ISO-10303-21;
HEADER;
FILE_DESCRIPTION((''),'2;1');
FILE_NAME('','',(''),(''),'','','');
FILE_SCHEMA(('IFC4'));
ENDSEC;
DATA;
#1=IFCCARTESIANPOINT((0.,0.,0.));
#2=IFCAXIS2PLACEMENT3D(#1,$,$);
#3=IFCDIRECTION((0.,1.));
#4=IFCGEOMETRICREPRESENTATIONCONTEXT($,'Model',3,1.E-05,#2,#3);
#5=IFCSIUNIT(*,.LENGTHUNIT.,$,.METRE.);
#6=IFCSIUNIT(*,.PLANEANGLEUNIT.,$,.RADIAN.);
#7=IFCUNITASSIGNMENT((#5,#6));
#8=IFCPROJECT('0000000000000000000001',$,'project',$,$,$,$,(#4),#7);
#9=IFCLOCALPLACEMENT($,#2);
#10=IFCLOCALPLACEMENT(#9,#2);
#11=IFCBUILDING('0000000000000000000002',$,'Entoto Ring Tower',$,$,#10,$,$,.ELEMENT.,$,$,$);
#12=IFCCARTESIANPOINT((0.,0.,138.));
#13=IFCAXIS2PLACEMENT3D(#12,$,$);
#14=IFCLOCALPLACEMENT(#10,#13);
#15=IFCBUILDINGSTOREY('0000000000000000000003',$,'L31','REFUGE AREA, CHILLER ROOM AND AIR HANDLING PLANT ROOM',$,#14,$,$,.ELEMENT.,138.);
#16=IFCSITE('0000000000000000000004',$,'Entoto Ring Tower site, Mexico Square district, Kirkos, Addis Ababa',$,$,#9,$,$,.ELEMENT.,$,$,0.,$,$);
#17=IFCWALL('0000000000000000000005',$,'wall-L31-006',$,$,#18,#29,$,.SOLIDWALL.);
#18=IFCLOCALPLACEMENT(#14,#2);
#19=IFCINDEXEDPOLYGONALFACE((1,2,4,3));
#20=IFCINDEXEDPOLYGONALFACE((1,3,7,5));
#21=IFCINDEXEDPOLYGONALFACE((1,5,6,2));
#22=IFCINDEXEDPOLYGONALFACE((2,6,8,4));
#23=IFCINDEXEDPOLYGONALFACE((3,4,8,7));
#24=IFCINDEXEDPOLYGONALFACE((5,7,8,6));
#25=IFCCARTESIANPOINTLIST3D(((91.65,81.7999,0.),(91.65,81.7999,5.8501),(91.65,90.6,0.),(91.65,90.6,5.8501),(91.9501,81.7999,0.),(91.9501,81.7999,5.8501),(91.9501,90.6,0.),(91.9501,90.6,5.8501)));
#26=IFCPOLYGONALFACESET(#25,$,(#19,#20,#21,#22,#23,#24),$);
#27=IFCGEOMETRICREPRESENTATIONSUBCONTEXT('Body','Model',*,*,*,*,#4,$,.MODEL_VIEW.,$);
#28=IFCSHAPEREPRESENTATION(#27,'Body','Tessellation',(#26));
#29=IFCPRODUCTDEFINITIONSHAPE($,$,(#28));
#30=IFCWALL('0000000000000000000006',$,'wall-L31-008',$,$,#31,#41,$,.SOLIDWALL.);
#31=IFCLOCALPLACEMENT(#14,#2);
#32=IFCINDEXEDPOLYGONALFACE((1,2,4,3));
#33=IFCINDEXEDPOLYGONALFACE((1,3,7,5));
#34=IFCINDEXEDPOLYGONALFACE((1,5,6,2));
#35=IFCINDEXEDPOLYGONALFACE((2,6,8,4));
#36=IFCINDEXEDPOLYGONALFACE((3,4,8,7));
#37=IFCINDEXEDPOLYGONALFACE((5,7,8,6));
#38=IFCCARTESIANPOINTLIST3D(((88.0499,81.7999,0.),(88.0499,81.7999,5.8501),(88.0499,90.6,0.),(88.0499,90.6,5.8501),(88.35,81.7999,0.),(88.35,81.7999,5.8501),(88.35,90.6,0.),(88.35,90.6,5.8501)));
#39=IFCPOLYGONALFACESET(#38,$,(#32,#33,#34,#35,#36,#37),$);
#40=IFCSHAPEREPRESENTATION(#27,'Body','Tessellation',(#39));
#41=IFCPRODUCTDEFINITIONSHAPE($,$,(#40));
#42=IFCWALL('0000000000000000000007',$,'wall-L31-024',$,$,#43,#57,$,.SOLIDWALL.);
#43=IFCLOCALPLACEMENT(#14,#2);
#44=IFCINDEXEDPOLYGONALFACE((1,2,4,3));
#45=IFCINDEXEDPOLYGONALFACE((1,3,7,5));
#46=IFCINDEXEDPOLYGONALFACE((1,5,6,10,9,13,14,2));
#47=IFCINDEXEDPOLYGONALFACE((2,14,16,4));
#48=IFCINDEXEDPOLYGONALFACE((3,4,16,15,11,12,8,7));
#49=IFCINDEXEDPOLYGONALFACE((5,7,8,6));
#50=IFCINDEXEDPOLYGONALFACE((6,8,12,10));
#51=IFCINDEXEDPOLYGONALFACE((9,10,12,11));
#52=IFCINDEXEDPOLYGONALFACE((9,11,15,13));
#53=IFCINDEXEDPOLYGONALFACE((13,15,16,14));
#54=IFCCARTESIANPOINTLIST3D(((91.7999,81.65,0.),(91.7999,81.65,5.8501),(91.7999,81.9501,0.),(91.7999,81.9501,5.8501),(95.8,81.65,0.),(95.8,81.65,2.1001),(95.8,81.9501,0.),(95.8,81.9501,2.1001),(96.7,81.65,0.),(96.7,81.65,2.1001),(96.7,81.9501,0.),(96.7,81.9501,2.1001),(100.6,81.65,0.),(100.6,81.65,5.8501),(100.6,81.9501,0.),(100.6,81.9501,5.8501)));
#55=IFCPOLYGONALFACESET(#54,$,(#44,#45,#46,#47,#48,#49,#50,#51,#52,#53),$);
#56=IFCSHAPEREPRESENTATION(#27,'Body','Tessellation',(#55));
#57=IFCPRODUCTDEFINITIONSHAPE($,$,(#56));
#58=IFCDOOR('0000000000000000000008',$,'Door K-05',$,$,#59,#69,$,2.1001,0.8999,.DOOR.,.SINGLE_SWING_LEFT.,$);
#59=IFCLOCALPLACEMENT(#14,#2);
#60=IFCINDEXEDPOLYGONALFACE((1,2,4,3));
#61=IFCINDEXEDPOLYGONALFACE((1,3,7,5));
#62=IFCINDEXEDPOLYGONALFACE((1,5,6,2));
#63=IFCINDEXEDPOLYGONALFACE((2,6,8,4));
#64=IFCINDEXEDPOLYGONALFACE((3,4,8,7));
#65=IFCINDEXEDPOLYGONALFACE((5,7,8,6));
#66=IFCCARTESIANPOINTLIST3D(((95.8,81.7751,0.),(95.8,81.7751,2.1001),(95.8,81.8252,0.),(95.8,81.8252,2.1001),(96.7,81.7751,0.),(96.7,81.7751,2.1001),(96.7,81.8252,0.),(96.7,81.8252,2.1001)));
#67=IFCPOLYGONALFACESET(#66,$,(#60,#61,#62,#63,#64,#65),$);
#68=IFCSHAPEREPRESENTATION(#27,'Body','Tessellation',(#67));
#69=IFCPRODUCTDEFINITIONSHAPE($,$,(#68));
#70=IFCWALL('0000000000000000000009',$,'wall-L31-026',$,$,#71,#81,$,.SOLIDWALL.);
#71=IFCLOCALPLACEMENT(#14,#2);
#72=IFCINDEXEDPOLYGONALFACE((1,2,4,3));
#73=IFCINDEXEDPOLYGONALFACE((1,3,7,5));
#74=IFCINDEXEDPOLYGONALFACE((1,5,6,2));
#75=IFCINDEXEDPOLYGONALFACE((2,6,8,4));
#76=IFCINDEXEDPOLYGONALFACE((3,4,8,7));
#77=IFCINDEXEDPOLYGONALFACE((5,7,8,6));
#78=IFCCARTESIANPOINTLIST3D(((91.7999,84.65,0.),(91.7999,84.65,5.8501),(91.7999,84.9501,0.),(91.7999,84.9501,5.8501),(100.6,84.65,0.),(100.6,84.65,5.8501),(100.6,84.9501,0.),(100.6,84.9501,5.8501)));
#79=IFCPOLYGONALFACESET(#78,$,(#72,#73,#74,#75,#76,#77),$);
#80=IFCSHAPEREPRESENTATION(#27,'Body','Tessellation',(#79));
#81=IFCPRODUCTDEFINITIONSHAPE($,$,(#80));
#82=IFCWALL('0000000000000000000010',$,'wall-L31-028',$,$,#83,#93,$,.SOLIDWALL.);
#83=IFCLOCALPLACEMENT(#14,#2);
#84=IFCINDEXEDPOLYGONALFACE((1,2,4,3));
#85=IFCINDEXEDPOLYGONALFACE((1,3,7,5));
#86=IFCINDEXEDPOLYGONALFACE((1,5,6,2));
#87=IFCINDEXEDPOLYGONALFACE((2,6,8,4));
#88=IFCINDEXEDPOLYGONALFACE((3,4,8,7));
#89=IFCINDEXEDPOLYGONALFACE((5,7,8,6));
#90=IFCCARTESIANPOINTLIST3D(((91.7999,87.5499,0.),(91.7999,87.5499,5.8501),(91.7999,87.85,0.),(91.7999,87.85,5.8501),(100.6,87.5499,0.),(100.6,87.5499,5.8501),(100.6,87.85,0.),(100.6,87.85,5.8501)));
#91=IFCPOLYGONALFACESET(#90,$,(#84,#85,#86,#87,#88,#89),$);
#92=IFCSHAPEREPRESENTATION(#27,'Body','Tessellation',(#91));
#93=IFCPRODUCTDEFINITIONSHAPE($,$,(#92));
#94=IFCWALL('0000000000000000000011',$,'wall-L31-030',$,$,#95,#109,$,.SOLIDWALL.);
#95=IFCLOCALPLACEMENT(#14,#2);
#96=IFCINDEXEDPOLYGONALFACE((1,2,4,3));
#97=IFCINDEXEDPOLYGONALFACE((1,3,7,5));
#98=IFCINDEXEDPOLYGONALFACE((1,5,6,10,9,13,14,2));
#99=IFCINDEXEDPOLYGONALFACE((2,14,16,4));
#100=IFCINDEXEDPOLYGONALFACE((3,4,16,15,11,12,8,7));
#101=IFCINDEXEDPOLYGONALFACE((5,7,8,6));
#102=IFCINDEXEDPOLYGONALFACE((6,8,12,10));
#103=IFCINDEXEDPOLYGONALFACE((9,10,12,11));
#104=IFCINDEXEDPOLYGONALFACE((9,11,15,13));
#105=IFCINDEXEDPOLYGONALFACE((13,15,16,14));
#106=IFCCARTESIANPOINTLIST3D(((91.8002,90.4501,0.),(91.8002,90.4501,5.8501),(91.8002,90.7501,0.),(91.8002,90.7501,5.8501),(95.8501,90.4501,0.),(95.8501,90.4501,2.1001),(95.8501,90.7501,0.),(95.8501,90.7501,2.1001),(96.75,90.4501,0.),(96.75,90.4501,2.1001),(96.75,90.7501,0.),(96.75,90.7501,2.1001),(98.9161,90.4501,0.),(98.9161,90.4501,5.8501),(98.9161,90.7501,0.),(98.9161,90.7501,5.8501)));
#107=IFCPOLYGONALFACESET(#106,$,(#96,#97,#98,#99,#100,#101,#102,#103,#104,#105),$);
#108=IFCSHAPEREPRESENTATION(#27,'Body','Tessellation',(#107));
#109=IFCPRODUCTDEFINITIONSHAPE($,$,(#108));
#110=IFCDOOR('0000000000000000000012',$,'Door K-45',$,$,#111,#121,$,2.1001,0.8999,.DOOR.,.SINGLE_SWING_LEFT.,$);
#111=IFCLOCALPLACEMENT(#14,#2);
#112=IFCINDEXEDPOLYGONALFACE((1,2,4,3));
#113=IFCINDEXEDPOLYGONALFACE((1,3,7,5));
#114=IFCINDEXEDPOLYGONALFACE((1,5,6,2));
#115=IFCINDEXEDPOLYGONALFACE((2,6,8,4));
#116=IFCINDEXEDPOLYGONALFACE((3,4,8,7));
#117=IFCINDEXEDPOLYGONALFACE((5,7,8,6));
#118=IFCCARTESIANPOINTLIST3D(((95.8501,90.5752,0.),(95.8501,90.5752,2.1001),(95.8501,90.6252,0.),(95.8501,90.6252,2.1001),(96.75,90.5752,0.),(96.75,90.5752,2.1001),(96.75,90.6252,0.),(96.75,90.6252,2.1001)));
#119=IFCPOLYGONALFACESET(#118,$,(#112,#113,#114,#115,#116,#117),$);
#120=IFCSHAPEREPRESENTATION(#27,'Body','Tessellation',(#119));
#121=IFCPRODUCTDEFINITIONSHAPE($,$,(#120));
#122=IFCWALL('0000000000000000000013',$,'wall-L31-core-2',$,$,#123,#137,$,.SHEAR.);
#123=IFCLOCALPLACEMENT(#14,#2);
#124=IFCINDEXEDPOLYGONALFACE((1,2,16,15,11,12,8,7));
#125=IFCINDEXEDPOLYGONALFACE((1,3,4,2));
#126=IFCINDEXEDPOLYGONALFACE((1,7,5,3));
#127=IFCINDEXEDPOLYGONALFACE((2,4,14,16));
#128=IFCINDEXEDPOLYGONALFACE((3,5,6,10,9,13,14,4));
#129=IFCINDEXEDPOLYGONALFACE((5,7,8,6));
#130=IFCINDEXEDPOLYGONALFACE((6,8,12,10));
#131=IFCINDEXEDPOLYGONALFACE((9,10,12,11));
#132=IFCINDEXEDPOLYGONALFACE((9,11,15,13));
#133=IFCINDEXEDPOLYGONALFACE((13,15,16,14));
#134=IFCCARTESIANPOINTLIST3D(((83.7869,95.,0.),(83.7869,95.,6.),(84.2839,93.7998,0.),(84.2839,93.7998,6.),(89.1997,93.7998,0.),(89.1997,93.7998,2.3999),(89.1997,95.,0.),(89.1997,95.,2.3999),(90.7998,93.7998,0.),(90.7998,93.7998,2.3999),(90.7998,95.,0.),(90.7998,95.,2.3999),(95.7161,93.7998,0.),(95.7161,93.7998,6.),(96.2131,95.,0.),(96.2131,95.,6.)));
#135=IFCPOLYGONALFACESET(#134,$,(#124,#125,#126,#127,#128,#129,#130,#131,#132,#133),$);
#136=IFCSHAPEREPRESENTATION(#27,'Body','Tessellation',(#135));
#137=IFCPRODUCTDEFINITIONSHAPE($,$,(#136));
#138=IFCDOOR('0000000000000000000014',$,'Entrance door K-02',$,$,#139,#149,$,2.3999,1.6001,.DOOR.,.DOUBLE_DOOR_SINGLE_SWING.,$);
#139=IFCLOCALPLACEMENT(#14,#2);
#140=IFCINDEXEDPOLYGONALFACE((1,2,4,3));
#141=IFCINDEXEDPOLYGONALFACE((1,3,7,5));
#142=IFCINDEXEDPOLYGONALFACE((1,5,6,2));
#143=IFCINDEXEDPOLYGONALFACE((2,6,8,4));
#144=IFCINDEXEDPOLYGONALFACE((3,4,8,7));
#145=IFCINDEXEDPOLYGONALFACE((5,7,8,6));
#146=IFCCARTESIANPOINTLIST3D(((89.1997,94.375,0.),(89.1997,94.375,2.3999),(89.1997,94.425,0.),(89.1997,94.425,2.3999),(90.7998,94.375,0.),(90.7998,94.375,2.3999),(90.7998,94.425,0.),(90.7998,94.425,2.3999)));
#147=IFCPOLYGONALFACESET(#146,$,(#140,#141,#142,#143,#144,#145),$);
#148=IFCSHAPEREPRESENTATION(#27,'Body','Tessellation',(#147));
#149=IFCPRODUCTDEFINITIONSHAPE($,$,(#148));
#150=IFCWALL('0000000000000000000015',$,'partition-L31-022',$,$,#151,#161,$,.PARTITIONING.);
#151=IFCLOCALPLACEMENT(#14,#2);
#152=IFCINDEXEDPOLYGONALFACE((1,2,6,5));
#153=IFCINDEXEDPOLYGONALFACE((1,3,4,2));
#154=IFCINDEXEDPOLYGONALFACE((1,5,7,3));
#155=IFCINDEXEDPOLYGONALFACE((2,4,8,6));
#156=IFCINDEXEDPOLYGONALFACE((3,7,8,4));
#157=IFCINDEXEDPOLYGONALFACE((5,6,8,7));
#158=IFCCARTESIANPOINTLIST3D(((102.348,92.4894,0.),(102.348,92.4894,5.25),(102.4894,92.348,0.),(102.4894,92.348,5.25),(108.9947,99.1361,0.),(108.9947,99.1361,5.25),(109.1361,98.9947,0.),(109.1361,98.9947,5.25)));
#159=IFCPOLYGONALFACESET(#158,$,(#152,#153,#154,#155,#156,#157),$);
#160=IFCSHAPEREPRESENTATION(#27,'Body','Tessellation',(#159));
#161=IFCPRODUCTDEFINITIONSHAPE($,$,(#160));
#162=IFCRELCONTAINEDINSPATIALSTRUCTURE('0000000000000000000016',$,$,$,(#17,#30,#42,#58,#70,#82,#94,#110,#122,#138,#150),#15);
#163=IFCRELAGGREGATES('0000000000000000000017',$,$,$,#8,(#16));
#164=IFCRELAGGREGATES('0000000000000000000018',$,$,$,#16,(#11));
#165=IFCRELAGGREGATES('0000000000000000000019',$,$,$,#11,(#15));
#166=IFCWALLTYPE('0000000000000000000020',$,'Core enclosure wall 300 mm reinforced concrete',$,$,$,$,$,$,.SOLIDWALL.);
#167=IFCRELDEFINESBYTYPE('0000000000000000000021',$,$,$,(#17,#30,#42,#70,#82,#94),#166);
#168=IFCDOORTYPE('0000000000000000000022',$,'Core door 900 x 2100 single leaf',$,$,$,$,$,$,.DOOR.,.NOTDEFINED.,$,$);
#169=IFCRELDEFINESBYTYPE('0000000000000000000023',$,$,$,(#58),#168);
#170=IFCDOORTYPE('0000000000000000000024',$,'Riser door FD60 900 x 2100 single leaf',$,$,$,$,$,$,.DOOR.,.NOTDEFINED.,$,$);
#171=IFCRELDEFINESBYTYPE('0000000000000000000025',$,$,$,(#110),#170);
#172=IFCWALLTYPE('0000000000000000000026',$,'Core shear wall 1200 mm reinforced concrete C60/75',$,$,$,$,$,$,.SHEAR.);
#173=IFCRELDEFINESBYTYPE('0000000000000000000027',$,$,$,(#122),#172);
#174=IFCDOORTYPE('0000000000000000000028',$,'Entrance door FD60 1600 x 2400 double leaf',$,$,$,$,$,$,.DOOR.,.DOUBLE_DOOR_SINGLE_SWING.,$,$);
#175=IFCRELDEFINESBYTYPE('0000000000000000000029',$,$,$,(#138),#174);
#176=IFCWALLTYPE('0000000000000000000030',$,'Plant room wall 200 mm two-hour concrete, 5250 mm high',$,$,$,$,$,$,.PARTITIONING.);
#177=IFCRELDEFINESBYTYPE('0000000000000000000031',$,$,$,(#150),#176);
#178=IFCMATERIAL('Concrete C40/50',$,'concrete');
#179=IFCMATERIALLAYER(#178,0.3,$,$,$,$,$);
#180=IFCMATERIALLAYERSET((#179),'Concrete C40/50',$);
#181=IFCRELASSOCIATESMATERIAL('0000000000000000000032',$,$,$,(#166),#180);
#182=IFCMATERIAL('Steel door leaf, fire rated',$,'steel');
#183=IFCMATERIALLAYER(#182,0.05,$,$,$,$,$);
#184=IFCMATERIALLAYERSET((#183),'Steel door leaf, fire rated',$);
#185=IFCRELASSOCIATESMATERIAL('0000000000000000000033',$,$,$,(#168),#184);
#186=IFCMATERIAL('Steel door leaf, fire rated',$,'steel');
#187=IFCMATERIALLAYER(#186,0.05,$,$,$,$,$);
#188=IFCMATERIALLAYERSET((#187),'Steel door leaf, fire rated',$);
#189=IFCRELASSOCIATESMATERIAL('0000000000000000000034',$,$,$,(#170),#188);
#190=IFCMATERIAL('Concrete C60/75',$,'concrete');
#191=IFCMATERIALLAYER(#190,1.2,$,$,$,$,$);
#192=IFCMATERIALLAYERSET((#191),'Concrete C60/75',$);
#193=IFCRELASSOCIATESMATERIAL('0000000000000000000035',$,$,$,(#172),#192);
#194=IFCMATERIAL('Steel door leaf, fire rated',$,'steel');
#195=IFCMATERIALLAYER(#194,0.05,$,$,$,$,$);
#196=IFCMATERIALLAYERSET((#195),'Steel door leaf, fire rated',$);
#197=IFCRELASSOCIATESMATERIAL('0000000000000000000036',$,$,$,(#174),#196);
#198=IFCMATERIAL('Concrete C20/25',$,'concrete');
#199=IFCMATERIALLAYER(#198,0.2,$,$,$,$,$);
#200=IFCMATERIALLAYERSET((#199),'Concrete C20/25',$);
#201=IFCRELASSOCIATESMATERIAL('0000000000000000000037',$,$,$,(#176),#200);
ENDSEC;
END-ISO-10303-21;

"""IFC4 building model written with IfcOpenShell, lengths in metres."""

from ifc_helpers import new_model, si_unit, direction, frame, frame_2d, origin, place, context, subcontext, project, spatial, polyline, rectangle, outline, extrude, material, layer, layer_set, type_object, element, fill, save


model = new_model("IFC4")

# Units and contexts
model_context = context("Model", 3, precision=1e-05, world=origin(), true_north=direction((0.0, 1.0)))
body_context = subcontext(model_context, "Body", "Model", "MODEL_VIEW")
ifc_project = project(units=[si_unit("LENGTHUNIT", "METRE"), si_unit("PLANEANGLEUNIT", "RADIAN")], contexts=[model_context])

# Site, building, storey
site_placement = place(None, origin())
site = spatial("IfcSite", under=ifc_project, at=site_placement, Name="Entoto Ring Tower site, Mexico Square district, Kirkos, Addis Ababa", CompositionType="ELEMENT", RefElevation=0.0)
building_placement = place(site_placement, origin())
building = spatial("IfcBuilding", under=site, at=building_placement, Name="Entoto Ring Tower", CompositionType="ELEMENT")
storey_placement = place(building_placement, frame((0.0, 0.0, 138.0)))
storey = spatial("IfcBuildingStorey", under=building, at=storey_placement, Name="L31", Description="REFUGE AREA, CHILLER ROOM AND AIR HANDLING PLANT ROOM", CompositionType="ELEMENT", Elevation=138.0)

# Shared definitions
ifc_material_1 = material(Name="Concrete C40/50", Category="concrete")
ifc_layer_1 = layer(ifc_material_1, 0.3)
ifc_layer_set_1 = layer_set([ifc_layer_1], Name="Concrete C40/50")
wall_type_1 = type_object("IfcWallType", Name="Core enclosure wall 300 mm reinforced concrete", PredefinedType="SOLIDWALL", material=ifc_layer_set_1)

# Walls
for number, where, z_axis, x_axis, name in (
    (1, (91.8, 81.8, 0.0), (0.0, 0.0, 1.0), (0.0, 1.0, 0.0), "wall-L31-006"),
    (2, (88.2, 81.8, 0.0), (0.0, 0.0, 1.0), (0.0, 1.0, 0.0), "wall-L31-008"),
):
    element("IfcWall", number, at=place(storey_placement, frame(where, z_axis=z_axis, x_axis=x_axis)), inside=storey, type_object=wall_type_1, Name=name, PredefinedType="SOLIDWALL", context=body_context, shape_type="SweptSolid", body=[
        extrude(rectangle(XDim=8.8, YDim=0.3, at=frame_2d((4.3999, 0.0))), origin(), (0.0, 0.0, 1.0), 5.8501),
    ])

# Wall, opening, door
wall_1_placement = place(storey_placement, frame((91.8, 81.8, 0.0), z_axis=(0.0, 0.0, 1.0), x_axis=(1.0, 0.0, 0.0)))
wall_1 = element("IfcWall", 3, at=wall_1_placement, inside=storey, type_object=wall_type_1, Name="wall-L31-024", PredefinedType="SOLIDWALL", context=body_context, shape_type="SweptSolid", body=[
    extrude(rectangle(XDim=8.8, YDim=0.3, at=frame_2d((4.3999, 0.0))), origin(), (0.0, 0.0, 1.0), 5.8501),
])
opening_1_placement = place(wall_1_placement, frame((4.0, 0.0, 0.0)))
opening_1 = element("IfcOpeningElement", 4, at=opening_1_placement, cuts=wall_1, PredefinedType="OPENING", context=body_context, shape_type="SweptSolid", body=[
    extrude(rectangle(XDim=0.8999, YDim=2.1001, at=frame_2d((0.45, 1.05))), frame((0.0, 0.1602, 0.0), z_axis=(0.0, -1.0, 0.0), x_axis=(1.0, 0.0, 0.0)), (0.0, 0.0, 1.0), 0.3201),
])
ifc_material_2 = material(Name="Steel door leaf, fire rated", Category="steel")
ifc_layer_2 = layer(ifc_material_2, 0.05)
ifc_layer_set_2 = layer_set([ifc_layer_2], Name="Steel door leaf, fire rated")
door_type_1 = type_object("IfcDoorType", Name="Core door 900 x 2100 single leaf", OperationType="NOTDEFINED", PredefinedType="DOOR", material=ifc_layer_set_2)
door_1_placement = place(opening_1_placement, frame((0.8999, 0.0, 0.0), z_axis=(0.0, 0.0, 1.0), x_axis=(-1.0, 0.0, 0.0)))
door_1 = element("IfcDoor", 5, at=door_1_placement, inside=storey, type_object=door_type_1, Name="Door K-05", OperationType="SINGLE_SWING_LEFT", OverallHeight=2.1001, OverallWidth=0.8999, PredefinedType="DOOR", context=body_context, shape_type="SweptSolid", body=[
    extrude(rectangle(XDim=0.8999, YDim=2.1001, at=frame_2d((0.45, 1.05))), frame((0.0, 0.0249, 0.0), z_axis=(0.0, -1.0, 0.0), x_axis=(1.0, 0.0, 0.0)), (0.0, 0.0, 1.0), 0.05),
])
fill(opening_1, door_1)

# Walls
for number, where, z_axis, x_axis, name in (
    (6, (91.8, 84.8, 0.0), (0.0, 0.0, 1.0), (1.0, 0.0, 0.0), "wall-L31-026"),
    (7, (91.8, 87.7, 0.0), (0.0, 0.0, 1.0), (1.0, 0.0, 0.0), "wall-L31-028"),
):
    element("IfcWall", number, at=place(storey_placement, frame(where, z_axis=z_axis, x_axis=x_axis)), inside=storey, type_object=wall_type_1, Name=name, PredefinedType="SOLIDWALL", context=body_context, shape_type="SweptSolid", body=[
        extrude(rectangle(XDim=8.8, YDim=0.3, at=frame_2d((4.3999, 0.0))), origin(), (0.0, 0.0, 1.0), 5.8501),
    ])

# Walls, openings, doors
wall_2_placement = place(storey_placement, frame((91.8, 90.6001, 0.0), z_axis=(0.0, 0.0, 1.0), x_axis=(1.0, 0.0, 0.0)))
wall_2 = element("IfcWall", 8, at=wall_2_placement, inside=storey, type_object=wall_type_1, Name="wall-L31-030", PredefinedType="SOLIDWALL", context=body_context, shape_type="SweptSolid", body=[
    extrude(rectangle(XDim=7.116, YDim=0.3, at=frame_2d((3.5581, 0.0))), origin(), (0.0, 0.0, 1.0), 5.8501),
])
opening_2_placement = place(wall_2_placement, frame((4.05, 0.0, 0.0)))
opening_2 = element("IfcOpeningElement", 9, at=opening_2_placement, cuts=wall_2, PredefinedType="OPENING", context=body_context, shape_type="SweptSolid", body=[
    extrude(rectangle(XDim=0.8999, YDim=2.1001, at=frame_2d((0.45, 1.05))), frame((0.0, 0.1602, 0.0), z_axis=(0.0, -1.0, 0.0), x_axis=(1.0, 0.0, 0.0)), (0.0, 0.0, 1.0), 0.3201),
])
ifc_material_3 = material(Name="Steel door leaf, fire rated", Category="steel")
ifc_layer_3 = layer(ifc_material_3, 0.05)
ifc_layer_set_3 = layer_set([ifc_layer_3], Name="Steel door leaf, fire rated")
door_type_2 = type_object("IfcDoorType", Name="Riser door FD60 900 x 2100 single leaf", OperationType="NOTDEFINED", PredefinedType="DOOR", material=ifc_layer_set_3)
door_2_placement = place(opening_2_placement, frame((0.8999, 0.0, 0.0), z_axis=(0.0, 0.0, 1.0), x_axis=(-1.0, 0.0, 0.0)))
door_2 = element("IfcDoor", 10, at=door_2_placement, inside=storey, type_object=door_type_2, Name="Door K-45", OperationType="SINGLE_SWING_LEFT", OverallHeight=2.1001, OverallWidth=0.8999, PredefinedType="DOOR", context=body_context, shape_type="SweptSolid", body=[
    extrude(rectangle(XDim=0.8999, YDim=2.1001, at=frame_2d((0.45, 1.05))), frame((0.0, 0.0249, 0.0), z_axis=(0.0, -1.0, 0.0), x_axis=(1.0, 0.0, 0.0)), (0.0, 0.0, 1.0), 0.05),
])
fill(opening_2, door_2)
ifc_material_4 = material(Name="Concrete C60/75", Category="concrete")
ifc_layer_4 = layer(ifc_material_4, 1.2)
ifc_layer_set_4 = layer_set([ifc_layer_4], Name="Concrete C60/75")
wall_type_2 = type_object("IfcWallType", Name="Core shear wall 1200 mm reinforced concrete C60/75", PredefinedType="SHEAR", material=ifc_layer_set_4)
wall_3_placement = place(storey_placement, frame((95.9646, 94.3999, 0.0), z_axis=(0.0, 0.0, 1.0), x_axis=(-1.0, 0.0, 0.0)))
wall_3 = element("IfcWall", 11, at=wall_3_placement, inside=storey, type_object=wall_type_2, Name="wall-L31-core-2", PredefinedType="SHEAR", context=body_context, shape_type="SweptSolid", body=[
    extrude(outline(polyline([(-0.2485, -0.6001), (12.1777, -0.6001), (11.6807, 0.6001), (0.2485, 0.6001), (-0.2485, -0.6001)])), origin(), (0.0, 0.0, 1.0), 6.0),
])
opening_3_placement = place(wall_3_placement, frame((5.1648, 0.0, 0.0)))
opening_3 = element("IfcOpeningElement", 12, at=opening_3_placement, cuts=wall_3, PredefinedType="OPENING", context=body_context, shape_type="SweptSolid", body=[
    extrude(rectangle(XDim=1.6001, YDim=2.3999, at=frame_2d((0.8, 1.2))), frame((0.0, 0.6099, 0.0), z_axis=(0.0, -1.0, 0.0), x_axis=(1.0, 0.0, 0.0)), (0.0, 0.0, 1.0), 1.22),
])
ifc_material_5 = material(Name="Steel door leaf, fire rated", Category="steel")
ifc_layer_5 = layer(ifc_material_5, 0.05)
ifc_layer_set_5 = layer_set([ifc_layer_5], Name="Steel door leaf, fire rated")
door_type_3 = type_object("IfcDoorType", Name="Entrance door FD60 1600 x 2400 double leaf", OperationType="DOUBLE_DOOR_SINGLE_SWING", PredefinedType="DOOR", material=ifc_layer_set_5)
door_3_placement = place(opening_3_placement, origin())
door_3 = element("IfcDoor", 13, at=door_3_placement, inside=storey, type_object=door_type_3, Name="Entrance door K-02", OperationType="DOUBLE_DOOR_SINGLE_SWING", OverallHeight=2.3999, OverallWidth=1.6001, PredefinedType="DOOR", context=body_context, shape_type="SweptSolid", body=[
    extrude(rectangle(XDim=1.6001, YDim=2.3999, at=frame_2d((0.8, 1.2))), frame((0.0, 0.0249, 0.0), z_axis=(0.0, -1.0, 0.0), x_axis=(1.0, 0.0, 0.0)), (0.0, 0.0, 1.0), 0.05),
])
fill(opening_3, door_3)

# Wall
ifc_material_6 = material(Name="Concrete C20/25", Category="concrete")
ifc_layer_6 = layer(ifc_material_6, 0.2)
ifc_layer_set_6 = layer_set([ifc_layer_6], Name="Concrete C20/25")
wall_type_3 = type_object("IfcWallType", Name="Plant room wall 200 mm two-hour concrete, 5250 mm high", PredefinedType="PARTITIONING", material=ifc_layer_set_6)
wall_4_placement = place(storey_placement, frame((102.4187, 92.4187, 0.0), z_axis=(0.0, 0.0, 1.0), x_axis=(0.707107, 0.707107, 0.0)))
element("IfcWall", 14, at=wall_4_placement, inside=storey, type_object=wall_type_3, Name="partition-L31-022", PredefinedType="PARTITIONING", context=body_context, shape_type="SweptSolid", body=[
    extrude(rectangle(XDim=9.3999, YDim=0.2, at=frame_2d((4.7, 0.0))), origin(), (0.0, 0.0, 1.0), 5.25),
])

save(model, "model.ifc")
